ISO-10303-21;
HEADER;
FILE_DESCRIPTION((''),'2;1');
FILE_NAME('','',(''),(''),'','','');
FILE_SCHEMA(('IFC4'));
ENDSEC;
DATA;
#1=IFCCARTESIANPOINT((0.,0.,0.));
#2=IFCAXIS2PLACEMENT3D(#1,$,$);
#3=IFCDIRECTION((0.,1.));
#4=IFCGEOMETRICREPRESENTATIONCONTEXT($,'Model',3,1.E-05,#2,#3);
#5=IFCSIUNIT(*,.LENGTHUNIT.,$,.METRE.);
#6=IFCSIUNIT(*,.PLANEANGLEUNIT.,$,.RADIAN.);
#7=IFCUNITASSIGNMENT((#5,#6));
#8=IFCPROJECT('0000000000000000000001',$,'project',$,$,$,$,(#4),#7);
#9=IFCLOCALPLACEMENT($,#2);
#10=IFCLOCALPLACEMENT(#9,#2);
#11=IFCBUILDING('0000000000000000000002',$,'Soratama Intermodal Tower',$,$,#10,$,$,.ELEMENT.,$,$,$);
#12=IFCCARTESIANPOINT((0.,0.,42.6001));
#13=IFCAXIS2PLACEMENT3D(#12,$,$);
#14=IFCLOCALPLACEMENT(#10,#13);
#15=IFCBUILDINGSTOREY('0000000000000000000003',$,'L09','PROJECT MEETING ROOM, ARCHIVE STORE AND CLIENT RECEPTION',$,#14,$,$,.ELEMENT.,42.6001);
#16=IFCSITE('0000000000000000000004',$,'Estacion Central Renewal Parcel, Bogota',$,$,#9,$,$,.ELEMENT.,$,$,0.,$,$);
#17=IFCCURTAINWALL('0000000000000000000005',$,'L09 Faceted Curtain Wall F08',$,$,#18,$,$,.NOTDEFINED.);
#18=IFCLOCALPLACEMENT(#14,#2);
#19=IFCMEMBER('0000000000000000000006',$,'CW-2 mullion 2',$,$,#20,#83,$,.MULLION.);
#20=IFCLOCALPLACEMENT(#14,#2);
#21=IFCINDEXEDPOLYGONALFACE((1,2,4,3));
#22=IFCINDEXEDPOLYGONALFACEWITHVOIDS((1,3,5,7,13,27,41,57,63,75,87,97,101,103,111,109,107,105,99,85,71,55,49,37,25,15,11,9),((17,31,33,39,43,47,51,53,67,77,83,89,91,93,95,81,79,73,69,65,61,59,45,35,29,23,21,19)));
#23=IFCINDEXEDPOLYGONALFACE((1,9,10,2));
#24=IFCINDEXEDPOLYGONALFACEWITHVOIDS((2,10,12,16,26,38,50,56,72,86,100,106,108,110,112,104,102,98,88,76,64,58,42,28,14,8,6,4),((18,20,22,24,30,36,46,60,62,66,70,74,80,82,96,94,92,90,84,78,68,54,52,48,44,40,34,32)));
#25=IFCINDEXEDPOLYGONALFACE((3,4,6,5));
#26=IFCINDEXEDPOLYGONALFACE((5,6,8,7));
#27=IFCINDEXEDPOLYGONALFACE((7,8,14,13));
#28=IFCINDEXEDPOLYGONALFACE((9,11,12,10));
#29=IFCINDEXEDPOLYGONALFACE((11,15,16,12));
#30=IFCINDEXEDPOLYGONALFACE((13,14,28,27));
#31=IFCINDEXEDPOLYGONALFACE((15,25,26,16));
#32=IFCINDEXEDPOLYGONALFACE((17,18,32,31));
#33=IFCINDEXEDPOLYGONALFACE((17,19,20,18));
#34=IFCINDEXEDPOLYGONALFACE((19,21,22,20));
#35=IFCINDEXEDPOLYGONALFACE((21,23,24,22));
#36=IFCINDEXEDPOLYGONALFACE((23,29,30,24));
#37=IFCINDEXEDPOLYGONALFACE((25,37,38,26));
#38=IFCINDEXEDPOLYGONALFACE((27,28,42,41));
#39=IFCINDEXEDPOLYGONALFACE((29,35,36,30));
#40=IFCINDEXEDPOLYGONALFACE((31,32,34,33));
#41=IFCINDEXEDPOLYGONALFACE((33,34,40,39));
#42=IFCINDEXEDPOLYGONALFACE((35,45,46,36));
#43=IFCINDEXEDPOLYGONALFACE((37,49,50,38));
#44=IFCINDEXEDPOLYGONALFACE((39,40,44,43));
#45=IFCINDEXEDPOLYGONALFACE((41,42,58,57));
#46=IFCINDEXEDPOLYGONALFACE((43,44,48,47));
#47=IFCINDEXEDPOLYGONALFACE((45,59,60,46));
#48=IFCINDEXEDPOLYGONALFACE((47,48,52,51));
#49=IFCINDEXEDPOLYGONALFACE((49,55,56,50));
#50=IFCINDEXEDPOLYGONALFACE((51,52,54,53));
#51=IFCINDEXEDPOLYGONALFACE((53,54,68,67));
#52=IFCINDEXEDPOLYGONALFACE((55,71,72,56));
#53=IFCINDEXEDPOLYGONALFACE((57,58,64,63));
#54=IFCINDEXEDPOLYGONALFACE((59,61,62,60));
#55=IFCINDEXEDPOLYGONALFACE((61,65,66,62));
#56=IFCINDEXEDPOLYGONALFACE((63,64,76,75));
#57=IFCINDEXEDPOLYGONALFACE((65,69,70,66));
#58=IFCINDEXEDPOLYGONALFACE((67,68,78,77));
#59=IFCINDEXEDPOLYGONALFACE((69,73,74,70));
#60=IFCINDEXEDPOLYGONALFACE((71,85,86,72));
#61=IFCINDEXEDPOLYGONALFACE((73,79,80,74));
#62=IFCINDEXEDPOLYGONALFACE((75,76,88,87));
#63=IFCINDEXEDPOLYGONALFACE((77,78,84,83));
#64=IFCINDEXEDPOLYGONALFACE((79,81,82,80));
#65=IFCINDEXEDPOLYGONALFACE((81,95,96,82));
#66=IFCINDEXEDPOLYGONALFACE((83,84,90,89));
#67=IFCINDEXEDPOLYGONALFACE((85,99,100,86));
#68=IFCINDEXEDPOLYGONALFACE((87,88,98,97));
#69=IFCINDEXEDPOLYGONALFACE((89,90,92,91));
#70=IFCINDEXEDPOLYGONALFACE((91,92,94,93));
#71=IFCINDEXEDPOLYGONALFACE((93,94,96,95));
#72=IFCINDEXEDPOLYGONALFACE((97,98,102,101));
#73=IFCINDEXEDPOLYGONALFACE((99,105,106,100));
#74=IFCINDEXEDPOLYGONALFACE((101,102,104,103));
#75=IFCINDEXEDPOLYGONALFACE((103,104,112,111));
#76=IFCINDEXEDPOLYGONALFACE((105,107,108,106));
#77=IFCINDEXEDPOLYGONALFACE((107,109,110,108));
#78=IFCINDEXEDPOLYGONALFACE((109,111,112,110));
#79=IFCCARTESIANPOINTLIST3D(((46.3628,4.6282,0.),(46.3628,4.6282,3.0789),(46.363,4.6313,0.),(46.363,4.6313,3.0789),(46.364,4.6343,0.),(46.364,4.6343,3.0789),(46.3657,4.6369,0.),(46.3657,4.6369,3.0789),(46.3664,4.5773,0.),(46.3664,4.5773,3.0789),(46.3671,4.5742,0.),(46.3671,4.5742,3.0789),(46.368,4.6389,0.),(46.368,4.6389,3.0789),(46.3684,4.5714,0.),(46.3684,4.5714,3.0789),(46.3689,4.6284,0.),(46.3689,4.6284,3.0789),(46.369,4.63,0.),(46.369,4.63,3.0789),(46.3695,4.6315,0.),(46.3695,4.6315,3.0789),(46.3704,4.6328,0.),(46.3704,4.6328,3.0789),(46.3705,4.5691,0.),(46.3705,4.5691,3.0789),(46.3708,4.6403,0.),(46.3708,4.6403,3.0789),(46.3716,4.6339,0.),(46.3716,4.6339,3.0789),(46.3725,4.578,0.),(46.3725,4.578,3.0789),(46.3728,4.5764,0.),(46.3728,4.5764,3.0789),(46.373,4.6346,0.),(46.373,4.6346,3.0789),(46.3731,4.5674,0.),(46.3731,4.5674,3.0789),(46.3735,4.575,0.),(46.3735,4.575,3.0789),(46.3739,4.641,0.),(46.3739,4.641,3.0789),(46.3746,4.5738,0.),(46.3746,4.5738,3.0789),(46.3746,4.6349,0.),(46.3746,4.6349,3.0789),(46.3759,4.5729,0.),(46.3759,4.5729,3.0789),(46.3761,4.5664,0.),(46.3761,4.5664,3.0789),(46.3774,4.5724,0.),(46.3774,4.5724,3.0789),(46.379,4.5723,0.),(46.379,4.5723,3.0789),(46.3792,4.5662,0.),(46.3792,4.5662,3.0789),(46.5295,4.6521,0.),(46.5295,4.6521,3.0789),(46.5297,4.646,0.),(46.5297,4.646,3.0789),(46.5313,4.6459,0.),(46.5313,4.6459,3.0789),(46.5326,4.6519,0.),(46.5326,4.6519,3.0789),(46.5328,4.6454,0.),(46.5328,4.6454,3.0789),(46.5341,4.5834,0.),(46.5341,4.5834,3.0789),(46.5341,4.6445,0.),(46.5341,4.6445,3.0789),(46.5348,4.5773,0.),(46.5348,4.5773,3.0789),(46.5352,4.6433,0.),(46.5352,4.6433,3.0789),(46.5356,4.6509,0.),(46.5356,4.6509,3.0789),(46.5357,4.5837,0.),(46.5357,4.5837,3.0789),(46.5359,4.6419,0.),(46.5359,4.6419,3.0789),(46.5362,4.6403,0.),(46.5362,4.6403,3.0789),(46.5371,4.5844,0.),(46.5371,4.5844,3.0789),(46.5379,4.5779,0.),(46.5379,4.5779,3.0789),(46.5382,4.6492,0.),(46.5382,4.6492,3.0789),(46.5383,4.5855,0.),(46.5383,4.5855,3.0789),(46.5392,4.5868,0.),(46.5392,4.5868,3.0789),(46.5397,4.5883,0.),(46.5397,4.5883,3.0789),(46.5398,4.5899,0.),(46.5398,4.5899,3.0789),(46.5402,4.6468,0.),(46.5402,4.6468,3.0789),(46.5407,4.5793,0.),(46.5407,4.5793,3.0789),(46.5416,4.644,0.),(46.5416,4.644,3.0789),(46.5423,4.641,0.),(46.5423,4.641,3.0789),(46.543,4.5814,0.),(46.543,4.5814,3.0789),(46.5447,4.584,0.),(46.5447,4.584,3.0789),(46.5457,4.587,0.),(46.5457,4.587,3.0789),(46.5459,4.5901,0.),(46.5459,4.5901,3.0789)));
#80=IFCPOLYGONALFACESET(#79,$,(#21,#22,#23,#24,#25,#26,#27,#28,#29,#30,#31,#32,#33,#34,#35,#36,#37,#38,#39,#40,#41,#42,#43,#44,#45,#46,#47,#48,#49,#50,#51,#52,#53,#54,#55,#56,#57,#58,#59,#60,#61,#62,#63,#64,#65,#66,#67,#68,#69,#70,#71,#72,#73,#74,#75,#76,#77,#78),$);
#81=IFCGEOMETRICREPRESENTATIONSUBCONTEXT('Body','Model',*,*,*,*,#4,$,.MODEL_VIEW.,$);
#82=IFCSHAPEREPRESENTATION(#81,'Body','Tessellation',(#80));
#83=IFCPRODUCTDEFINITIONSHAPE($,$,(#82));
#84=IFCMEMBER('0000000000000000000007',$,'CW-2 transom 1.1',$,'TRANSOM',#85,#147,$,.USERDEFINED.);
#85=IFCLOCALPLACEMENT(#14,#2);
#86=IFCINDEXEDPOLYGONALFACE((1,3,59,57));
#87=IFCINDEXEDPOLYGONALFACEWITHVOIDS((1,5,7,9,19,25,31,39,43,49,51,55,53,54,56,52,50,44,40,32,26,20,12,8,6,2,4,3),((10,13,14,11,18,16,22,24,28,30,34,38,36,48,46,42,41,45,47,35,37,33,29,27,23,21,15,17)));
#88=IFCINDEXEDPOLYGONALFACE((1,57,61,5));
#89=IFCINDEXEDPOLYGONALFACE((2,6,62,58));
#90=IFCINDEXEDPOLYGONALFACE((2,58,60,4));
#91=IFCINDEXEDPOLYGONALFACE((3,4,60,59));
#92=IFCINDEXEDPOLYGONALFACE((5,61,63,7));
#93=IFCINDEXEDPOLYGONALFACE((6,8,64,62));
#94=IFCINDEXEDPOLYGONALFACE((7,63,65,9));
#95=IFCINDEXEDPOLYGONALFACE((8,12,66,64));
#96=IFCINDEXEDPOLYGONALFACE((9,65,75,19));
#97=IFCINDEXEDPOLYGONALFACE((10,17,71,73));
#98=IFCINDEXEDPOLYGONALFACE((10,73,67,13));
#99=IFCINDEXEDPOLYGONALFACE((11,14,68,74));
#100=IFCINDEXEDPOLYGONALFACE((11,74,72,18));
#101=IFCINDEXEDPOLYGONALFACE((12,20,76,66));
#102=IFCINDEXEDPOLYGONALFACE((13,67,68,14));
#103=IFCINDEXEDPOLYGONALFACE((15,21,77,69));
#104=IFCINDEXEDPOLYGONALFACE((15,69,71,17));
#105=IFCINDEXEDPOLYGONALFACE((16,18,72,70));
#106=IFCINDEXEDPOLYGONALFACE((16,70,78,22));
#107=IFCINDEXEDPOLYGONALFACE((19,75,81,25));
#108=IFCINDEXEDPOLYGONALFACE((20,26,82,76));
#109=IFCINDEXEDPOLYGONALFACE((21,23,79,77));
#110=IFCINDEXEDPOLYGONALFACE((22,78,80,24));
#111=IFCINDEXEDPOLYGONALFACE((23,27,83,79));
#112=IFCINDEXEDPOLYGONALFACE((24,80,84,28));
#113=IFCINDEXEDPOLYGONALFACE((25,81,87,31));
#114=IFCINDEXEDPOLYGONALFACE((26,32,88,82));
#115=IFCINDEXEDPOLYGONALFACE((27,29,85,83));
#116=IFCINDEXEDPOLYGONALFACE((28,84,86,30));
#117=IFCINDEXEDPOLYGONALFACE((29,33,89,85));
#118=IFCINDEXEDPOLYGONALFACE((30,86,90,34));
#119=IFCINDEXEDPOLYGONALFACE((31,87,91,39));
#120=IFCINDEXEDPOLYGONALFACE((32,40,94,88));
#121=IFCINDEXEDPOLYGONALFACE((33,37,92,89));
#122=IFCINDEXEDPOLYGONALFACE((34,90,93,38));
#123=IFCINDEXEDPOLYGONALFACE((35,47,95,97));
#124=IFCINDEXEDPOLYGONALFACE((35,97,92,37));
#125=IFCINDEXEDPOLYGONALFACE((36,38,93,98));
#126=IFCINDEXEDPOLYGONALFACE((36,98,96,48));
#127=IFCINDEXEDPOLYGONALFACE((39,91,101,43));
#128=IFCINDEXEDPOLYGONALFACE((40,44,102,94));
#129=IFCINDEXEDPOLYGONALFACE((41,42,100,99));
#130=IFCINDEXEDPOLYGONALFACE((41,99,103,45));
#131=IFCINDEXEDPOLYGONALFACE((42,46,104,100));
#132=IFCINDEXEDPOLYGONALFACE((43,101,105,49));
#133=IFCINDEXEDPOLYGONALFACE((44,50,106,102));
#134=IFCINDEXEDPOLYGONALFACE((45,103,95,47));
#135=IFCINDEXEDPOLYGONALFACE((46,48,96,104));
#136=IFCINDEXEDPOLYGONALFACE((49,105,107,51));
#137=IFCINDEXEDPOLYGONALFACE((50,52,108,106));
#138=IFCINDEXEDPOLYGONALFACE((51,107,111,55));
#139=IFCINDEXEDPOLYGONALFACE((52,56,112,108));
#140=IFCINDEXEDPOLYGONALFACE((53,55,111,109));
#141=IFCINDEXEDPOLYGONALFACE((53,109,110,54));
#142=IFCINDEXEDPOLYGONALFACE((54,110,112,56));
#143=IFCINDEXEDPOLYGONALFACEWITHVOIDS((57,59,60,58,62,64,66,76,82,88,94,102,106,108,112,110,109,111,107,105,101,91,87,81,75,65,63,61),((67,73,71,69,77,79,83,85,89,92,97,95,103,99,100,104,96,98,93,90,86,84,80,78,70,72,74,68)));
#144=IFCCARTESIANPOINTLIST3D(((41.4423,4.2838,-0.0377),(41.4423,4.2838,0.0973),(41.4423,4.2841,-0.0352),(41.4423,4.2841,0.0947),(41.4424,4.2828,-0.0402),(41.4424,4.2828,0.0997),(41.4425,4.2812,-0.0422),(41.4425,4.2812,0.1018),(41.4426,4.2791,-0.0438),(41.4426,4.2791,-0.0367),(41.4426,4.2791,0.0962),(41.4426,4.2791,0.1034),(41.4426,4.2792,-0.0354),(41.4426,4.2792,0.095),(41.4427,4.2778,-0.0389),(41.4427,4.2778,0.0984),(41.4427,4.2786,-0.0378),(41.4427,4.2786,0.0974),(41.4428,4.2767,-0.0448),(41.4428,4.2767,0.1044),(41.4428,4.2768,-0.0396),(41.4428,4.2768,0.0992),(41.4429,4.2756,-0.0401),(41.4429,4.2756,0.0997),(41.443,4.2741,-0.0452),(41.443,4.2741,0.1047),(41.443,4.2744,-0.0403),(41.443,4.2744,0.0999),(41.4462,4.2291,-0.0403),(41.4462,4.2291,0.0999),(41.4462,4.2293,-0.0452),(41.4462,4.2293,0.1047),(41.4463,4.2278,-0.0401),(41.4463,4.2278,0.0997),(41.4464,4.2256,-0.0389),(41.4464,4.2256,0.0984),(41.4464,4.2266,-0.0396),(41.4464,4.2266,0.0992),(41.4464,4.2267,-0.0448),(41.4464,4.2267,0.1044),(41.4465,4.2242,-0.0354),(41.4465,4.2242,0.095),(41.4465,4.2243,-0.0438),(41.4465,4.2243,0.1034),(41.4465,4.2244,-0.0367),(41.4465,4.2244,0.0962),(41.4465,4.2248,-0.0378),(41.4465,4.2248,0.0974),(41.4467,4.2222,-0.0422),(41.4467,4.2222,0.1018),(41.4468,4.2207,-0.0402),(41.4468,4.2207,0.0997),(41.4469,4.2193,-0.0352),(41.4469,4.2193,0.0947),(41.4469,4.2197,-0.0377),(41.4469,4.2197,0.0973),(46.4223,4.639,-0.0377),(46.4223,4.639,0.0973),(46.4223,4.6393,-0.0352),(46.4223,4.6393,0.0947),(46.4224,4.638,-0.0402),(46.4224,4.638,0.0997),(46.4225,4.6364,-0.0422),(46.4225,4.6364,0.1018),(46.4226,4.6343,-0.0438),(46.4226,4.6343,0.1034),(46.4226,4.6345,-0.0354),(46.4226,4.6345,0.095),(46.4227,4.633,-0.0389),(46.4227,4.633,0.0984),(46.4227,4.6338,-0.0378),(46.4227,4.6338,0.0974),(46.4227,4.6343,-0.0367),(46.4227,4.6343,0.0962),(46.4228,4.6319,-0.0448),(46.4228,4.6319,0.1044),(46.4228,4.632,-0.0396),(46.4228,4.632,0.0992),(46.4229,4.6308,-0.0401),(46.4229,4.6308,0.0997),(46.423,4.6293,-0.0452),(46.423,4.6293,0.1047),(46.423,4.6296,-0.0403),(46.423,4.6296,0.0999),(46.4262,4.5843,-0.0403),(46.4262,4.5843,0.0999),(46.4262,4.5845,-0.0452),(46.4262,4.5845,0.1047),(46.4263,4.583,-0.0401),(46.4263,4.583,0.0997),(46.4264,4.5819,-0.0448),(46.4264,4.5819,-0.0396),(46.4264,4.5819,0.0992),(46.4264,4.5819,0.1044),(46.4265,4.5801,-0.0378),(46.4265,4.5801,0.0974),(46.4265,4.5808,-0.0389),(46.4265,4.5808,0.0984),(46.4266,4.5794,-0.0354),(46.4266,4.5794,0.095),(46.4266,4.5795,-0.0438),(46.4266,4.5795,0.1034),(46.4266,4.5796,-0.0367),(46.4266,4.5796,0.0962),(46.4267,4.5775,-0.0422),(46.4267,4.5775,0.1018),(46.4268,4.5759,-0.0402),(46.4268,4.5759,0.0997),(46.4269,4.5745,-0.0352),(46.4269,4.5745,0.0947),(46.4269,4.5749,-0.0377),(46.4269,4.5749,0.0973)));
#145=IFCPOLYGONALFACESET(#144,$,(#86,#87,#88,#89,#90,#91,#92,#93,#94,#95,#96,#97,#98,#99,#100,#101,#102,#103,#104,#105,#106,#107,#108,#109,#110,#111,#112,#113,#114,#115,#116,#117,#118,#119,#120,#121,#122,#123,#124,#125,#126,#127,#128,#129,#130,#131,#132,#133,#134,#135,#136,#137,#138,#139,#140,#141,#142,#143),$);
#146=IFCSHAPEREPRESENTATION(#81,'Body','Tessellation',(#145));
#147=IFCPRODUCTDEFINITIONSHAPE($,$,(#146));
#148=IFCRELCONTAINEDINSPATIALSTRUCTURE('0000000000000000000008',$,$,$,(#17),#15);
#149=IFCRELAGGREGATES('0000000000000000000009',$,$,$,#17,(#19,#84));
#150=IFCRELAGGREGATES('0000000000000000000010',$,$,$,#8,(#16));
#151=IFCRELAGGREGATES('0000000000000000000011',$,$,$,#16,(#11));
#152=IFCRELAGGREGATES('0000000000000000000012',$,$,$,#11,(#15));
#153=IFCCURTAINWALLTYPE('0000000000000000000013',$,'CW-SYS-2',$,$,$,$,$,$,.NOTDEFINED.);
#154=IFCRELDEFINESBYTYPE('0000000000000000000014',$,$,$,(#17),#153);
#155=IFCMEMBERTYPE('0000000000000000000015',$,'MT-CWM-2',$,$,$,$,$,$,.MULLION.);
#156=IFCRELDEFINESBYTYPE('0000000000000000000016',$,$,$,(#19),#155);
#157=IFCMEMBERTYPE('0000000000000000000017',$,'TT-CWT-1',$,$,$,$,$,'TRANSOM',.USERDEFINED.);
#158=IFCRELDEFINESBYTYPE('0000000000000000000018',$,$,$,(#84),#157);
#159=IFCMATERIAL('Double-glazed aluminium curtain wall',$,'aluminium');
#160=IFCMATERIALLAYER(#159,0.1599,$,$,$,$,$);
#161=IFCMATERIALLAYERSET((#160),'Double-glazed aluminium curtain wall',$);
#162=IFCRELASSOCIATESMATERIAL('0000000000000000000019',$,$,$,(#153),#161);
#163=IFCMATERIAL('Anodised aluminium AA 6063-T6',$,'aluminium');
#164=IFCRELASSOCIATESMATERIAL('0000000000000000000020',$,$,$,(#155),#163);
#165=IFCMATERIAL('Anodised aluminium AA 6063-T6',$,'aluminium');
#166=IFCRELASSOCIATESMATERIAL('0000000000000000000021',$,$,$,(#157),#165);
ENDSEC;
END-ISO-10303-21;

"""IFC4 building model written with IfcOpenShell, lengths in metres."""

from ifc_helpers import new_model, si_unit, direction, frame, origin, origin_2d, place, context, subcontext, project, spatial, hollow_rectangle, extrude, material, layer, layer_set, material_profile, profile_set, type_object, element, aggregate, save


model = new_model("IFC4")

# Units and contexts
model_context = context("Model", 3, precision=1e-05, world=origin(), true_north=direction((0.0, 1.0)))
body_context = subcontext(model_context, "Body", "Model", "MODEL_VIEW")
ifc_project = project(units=[si_unit("LENGTHUNIT", "METRE"), si_unit("PLANEANGLEUNIT", "RADIAN")], contexts=[model_context])

# Site, building, storey
site_placement = place(None, origin())
site = spatial("IfcSite", under=ifc_project, at=site_placement, Name="Estacion Central Renewal Parcel, Bogota", CompositionType="ELEMENT", RefElevation=0.0)
building_placement = place(site_placement, origin())
building = spatial("IfcBuilding", under=site, at=building_placement, Name="Soratama Intermodal Tower", CompositionType="ELEMENT")
storey_placement = place(building_placement, frame((0.0, 0.0, 42.6001)))
storey = spatial("IfcBuildingStorey", under=building, at=storey_placement, Name="L09", Description="PROJECT MEETING ROOM, ARCHIVE STORE AND CLIENT RECEPTION", CompositionType="ELEMENT", Elevation=42.6001)

# Curtain wall, members
ifc_material_1 = material(Name="Double-glazed aluminium curtain wall", Category="aluminium")
ifc_layer_1 = layer(ifc_material_1, 0.1599)
ifc_layer_set_1 = layer_set([ifc_layer_1], Name="Double-glazed aluminium curtain wall")
curtain_wall_type = type_object("IfcCurtainWallType", Name="CW-SYS-2", PredefinedType="NOTDEFINED", material=ifc_layer_set_1)
curtain_wall_placement = place(storey_placement, origin())
curtain_wall = element("IfcCurtainWall", 1, at=curtain_wall_placement, inside=storey, type_object=curtain_wall_type, Name="L09 Faceted Curtain Wall F08", PredefinedType="NOTDEFINED")
ifc_material_2 = material(Name="Anodised aluminium AA 6063-T6", Category="aluminium")
ifc_material_profile_1 = material_profile(ifc_material_2, hollow_rectangle(XDim=0.075, YDim=0.1799, WallThickness=0.0061, InnerFilletRadius=0.0061, OuterFilletRadius=0.012, at=origin_2d()), Name="CWM180X75X6")
ifc_profile_set_1 = profile_set([ifc_material_profile_1], Name="Anodised aluminium AA 6063-T6")
member_type_1 = type_object("IfcMemberType", Name="MT-CWM-2", PredefinedType="MULLION", material=ifc_profile_set_1)
member_1_placement = place(storey_placement, frame((46.4543, 4.6091, 0.0), z_axis=(0.0, 0.0, 1.0), x_axis=(-0.071154, 0.997465, 0.0)))
member_1 = element("IfcMember", 2, at=member_1_placement, type_object=member_type_1, Name="CW-2 mullion 2", PredefinedType="MULLION", context=body_context, shape_type="SweptSolid", body=[
    extrude(hollow_rectangle(XDim=0.075, YDim=0.1799, WallThickness=0.0061, InnerFilletRadius=0.0061, OuterFilletRadius=0.012, at=origin_2d()), origin(), (0.0, 0.0, 1.0), 3.0789),
])
ifc_material_3 = material(Name="Anodised aluminium AA 6063-T6", Category="aluminium")
ifc_material_profile_2 = material_profile(ifc_material_3, hollow_rectangle(XDim=0.0649, YDim=0.1499, WallThickness=0.0049, InnerFilletRadius=0.0049, OuterFilletRadius=0.01, at=origin_2d()), Name="CWT150X65X5")
ifc_profile_set_2 = profile_set([ifc_material_profile_2], Name="Anodised aluminium AA 6063-T6")
member_type_2 = type_object("IfcMemberType", Name="TT-CWT-1", ElementType="TRANSOM", PredefinedType="USERDEFINED", material=ifc_profile_set_2)
member_2_placement = place(storey_placement, frame((41.4446, 4.2517, 0.0298), z_axis=(0.997466, 0.07115, 0.0), x_axis=(-0.07115, 0.997466, 0.0)))
member_2 = element("IfcMember", 3, at=member_2_placement, type_object=member_type_2, Name="CW-2 transom 1.1", ObjectType="TRANSOM", PredefinedType="USERDEFINED", context=body_context, shape_type="SweptSolid", body=[
    extrude(hollow_rectangle(XDim=0.0649, YDim=0.1499, WallThickness=0.0049, InnerFilletRadius=0.0049, OuterFilletRadius=0.01, at=origin_2d()), origin(), (0.0, 0.0, 1.0), 4.9927),
])
aggregate(curtain_wall, [member_1, member_2])

save(model, "model.ifc")
